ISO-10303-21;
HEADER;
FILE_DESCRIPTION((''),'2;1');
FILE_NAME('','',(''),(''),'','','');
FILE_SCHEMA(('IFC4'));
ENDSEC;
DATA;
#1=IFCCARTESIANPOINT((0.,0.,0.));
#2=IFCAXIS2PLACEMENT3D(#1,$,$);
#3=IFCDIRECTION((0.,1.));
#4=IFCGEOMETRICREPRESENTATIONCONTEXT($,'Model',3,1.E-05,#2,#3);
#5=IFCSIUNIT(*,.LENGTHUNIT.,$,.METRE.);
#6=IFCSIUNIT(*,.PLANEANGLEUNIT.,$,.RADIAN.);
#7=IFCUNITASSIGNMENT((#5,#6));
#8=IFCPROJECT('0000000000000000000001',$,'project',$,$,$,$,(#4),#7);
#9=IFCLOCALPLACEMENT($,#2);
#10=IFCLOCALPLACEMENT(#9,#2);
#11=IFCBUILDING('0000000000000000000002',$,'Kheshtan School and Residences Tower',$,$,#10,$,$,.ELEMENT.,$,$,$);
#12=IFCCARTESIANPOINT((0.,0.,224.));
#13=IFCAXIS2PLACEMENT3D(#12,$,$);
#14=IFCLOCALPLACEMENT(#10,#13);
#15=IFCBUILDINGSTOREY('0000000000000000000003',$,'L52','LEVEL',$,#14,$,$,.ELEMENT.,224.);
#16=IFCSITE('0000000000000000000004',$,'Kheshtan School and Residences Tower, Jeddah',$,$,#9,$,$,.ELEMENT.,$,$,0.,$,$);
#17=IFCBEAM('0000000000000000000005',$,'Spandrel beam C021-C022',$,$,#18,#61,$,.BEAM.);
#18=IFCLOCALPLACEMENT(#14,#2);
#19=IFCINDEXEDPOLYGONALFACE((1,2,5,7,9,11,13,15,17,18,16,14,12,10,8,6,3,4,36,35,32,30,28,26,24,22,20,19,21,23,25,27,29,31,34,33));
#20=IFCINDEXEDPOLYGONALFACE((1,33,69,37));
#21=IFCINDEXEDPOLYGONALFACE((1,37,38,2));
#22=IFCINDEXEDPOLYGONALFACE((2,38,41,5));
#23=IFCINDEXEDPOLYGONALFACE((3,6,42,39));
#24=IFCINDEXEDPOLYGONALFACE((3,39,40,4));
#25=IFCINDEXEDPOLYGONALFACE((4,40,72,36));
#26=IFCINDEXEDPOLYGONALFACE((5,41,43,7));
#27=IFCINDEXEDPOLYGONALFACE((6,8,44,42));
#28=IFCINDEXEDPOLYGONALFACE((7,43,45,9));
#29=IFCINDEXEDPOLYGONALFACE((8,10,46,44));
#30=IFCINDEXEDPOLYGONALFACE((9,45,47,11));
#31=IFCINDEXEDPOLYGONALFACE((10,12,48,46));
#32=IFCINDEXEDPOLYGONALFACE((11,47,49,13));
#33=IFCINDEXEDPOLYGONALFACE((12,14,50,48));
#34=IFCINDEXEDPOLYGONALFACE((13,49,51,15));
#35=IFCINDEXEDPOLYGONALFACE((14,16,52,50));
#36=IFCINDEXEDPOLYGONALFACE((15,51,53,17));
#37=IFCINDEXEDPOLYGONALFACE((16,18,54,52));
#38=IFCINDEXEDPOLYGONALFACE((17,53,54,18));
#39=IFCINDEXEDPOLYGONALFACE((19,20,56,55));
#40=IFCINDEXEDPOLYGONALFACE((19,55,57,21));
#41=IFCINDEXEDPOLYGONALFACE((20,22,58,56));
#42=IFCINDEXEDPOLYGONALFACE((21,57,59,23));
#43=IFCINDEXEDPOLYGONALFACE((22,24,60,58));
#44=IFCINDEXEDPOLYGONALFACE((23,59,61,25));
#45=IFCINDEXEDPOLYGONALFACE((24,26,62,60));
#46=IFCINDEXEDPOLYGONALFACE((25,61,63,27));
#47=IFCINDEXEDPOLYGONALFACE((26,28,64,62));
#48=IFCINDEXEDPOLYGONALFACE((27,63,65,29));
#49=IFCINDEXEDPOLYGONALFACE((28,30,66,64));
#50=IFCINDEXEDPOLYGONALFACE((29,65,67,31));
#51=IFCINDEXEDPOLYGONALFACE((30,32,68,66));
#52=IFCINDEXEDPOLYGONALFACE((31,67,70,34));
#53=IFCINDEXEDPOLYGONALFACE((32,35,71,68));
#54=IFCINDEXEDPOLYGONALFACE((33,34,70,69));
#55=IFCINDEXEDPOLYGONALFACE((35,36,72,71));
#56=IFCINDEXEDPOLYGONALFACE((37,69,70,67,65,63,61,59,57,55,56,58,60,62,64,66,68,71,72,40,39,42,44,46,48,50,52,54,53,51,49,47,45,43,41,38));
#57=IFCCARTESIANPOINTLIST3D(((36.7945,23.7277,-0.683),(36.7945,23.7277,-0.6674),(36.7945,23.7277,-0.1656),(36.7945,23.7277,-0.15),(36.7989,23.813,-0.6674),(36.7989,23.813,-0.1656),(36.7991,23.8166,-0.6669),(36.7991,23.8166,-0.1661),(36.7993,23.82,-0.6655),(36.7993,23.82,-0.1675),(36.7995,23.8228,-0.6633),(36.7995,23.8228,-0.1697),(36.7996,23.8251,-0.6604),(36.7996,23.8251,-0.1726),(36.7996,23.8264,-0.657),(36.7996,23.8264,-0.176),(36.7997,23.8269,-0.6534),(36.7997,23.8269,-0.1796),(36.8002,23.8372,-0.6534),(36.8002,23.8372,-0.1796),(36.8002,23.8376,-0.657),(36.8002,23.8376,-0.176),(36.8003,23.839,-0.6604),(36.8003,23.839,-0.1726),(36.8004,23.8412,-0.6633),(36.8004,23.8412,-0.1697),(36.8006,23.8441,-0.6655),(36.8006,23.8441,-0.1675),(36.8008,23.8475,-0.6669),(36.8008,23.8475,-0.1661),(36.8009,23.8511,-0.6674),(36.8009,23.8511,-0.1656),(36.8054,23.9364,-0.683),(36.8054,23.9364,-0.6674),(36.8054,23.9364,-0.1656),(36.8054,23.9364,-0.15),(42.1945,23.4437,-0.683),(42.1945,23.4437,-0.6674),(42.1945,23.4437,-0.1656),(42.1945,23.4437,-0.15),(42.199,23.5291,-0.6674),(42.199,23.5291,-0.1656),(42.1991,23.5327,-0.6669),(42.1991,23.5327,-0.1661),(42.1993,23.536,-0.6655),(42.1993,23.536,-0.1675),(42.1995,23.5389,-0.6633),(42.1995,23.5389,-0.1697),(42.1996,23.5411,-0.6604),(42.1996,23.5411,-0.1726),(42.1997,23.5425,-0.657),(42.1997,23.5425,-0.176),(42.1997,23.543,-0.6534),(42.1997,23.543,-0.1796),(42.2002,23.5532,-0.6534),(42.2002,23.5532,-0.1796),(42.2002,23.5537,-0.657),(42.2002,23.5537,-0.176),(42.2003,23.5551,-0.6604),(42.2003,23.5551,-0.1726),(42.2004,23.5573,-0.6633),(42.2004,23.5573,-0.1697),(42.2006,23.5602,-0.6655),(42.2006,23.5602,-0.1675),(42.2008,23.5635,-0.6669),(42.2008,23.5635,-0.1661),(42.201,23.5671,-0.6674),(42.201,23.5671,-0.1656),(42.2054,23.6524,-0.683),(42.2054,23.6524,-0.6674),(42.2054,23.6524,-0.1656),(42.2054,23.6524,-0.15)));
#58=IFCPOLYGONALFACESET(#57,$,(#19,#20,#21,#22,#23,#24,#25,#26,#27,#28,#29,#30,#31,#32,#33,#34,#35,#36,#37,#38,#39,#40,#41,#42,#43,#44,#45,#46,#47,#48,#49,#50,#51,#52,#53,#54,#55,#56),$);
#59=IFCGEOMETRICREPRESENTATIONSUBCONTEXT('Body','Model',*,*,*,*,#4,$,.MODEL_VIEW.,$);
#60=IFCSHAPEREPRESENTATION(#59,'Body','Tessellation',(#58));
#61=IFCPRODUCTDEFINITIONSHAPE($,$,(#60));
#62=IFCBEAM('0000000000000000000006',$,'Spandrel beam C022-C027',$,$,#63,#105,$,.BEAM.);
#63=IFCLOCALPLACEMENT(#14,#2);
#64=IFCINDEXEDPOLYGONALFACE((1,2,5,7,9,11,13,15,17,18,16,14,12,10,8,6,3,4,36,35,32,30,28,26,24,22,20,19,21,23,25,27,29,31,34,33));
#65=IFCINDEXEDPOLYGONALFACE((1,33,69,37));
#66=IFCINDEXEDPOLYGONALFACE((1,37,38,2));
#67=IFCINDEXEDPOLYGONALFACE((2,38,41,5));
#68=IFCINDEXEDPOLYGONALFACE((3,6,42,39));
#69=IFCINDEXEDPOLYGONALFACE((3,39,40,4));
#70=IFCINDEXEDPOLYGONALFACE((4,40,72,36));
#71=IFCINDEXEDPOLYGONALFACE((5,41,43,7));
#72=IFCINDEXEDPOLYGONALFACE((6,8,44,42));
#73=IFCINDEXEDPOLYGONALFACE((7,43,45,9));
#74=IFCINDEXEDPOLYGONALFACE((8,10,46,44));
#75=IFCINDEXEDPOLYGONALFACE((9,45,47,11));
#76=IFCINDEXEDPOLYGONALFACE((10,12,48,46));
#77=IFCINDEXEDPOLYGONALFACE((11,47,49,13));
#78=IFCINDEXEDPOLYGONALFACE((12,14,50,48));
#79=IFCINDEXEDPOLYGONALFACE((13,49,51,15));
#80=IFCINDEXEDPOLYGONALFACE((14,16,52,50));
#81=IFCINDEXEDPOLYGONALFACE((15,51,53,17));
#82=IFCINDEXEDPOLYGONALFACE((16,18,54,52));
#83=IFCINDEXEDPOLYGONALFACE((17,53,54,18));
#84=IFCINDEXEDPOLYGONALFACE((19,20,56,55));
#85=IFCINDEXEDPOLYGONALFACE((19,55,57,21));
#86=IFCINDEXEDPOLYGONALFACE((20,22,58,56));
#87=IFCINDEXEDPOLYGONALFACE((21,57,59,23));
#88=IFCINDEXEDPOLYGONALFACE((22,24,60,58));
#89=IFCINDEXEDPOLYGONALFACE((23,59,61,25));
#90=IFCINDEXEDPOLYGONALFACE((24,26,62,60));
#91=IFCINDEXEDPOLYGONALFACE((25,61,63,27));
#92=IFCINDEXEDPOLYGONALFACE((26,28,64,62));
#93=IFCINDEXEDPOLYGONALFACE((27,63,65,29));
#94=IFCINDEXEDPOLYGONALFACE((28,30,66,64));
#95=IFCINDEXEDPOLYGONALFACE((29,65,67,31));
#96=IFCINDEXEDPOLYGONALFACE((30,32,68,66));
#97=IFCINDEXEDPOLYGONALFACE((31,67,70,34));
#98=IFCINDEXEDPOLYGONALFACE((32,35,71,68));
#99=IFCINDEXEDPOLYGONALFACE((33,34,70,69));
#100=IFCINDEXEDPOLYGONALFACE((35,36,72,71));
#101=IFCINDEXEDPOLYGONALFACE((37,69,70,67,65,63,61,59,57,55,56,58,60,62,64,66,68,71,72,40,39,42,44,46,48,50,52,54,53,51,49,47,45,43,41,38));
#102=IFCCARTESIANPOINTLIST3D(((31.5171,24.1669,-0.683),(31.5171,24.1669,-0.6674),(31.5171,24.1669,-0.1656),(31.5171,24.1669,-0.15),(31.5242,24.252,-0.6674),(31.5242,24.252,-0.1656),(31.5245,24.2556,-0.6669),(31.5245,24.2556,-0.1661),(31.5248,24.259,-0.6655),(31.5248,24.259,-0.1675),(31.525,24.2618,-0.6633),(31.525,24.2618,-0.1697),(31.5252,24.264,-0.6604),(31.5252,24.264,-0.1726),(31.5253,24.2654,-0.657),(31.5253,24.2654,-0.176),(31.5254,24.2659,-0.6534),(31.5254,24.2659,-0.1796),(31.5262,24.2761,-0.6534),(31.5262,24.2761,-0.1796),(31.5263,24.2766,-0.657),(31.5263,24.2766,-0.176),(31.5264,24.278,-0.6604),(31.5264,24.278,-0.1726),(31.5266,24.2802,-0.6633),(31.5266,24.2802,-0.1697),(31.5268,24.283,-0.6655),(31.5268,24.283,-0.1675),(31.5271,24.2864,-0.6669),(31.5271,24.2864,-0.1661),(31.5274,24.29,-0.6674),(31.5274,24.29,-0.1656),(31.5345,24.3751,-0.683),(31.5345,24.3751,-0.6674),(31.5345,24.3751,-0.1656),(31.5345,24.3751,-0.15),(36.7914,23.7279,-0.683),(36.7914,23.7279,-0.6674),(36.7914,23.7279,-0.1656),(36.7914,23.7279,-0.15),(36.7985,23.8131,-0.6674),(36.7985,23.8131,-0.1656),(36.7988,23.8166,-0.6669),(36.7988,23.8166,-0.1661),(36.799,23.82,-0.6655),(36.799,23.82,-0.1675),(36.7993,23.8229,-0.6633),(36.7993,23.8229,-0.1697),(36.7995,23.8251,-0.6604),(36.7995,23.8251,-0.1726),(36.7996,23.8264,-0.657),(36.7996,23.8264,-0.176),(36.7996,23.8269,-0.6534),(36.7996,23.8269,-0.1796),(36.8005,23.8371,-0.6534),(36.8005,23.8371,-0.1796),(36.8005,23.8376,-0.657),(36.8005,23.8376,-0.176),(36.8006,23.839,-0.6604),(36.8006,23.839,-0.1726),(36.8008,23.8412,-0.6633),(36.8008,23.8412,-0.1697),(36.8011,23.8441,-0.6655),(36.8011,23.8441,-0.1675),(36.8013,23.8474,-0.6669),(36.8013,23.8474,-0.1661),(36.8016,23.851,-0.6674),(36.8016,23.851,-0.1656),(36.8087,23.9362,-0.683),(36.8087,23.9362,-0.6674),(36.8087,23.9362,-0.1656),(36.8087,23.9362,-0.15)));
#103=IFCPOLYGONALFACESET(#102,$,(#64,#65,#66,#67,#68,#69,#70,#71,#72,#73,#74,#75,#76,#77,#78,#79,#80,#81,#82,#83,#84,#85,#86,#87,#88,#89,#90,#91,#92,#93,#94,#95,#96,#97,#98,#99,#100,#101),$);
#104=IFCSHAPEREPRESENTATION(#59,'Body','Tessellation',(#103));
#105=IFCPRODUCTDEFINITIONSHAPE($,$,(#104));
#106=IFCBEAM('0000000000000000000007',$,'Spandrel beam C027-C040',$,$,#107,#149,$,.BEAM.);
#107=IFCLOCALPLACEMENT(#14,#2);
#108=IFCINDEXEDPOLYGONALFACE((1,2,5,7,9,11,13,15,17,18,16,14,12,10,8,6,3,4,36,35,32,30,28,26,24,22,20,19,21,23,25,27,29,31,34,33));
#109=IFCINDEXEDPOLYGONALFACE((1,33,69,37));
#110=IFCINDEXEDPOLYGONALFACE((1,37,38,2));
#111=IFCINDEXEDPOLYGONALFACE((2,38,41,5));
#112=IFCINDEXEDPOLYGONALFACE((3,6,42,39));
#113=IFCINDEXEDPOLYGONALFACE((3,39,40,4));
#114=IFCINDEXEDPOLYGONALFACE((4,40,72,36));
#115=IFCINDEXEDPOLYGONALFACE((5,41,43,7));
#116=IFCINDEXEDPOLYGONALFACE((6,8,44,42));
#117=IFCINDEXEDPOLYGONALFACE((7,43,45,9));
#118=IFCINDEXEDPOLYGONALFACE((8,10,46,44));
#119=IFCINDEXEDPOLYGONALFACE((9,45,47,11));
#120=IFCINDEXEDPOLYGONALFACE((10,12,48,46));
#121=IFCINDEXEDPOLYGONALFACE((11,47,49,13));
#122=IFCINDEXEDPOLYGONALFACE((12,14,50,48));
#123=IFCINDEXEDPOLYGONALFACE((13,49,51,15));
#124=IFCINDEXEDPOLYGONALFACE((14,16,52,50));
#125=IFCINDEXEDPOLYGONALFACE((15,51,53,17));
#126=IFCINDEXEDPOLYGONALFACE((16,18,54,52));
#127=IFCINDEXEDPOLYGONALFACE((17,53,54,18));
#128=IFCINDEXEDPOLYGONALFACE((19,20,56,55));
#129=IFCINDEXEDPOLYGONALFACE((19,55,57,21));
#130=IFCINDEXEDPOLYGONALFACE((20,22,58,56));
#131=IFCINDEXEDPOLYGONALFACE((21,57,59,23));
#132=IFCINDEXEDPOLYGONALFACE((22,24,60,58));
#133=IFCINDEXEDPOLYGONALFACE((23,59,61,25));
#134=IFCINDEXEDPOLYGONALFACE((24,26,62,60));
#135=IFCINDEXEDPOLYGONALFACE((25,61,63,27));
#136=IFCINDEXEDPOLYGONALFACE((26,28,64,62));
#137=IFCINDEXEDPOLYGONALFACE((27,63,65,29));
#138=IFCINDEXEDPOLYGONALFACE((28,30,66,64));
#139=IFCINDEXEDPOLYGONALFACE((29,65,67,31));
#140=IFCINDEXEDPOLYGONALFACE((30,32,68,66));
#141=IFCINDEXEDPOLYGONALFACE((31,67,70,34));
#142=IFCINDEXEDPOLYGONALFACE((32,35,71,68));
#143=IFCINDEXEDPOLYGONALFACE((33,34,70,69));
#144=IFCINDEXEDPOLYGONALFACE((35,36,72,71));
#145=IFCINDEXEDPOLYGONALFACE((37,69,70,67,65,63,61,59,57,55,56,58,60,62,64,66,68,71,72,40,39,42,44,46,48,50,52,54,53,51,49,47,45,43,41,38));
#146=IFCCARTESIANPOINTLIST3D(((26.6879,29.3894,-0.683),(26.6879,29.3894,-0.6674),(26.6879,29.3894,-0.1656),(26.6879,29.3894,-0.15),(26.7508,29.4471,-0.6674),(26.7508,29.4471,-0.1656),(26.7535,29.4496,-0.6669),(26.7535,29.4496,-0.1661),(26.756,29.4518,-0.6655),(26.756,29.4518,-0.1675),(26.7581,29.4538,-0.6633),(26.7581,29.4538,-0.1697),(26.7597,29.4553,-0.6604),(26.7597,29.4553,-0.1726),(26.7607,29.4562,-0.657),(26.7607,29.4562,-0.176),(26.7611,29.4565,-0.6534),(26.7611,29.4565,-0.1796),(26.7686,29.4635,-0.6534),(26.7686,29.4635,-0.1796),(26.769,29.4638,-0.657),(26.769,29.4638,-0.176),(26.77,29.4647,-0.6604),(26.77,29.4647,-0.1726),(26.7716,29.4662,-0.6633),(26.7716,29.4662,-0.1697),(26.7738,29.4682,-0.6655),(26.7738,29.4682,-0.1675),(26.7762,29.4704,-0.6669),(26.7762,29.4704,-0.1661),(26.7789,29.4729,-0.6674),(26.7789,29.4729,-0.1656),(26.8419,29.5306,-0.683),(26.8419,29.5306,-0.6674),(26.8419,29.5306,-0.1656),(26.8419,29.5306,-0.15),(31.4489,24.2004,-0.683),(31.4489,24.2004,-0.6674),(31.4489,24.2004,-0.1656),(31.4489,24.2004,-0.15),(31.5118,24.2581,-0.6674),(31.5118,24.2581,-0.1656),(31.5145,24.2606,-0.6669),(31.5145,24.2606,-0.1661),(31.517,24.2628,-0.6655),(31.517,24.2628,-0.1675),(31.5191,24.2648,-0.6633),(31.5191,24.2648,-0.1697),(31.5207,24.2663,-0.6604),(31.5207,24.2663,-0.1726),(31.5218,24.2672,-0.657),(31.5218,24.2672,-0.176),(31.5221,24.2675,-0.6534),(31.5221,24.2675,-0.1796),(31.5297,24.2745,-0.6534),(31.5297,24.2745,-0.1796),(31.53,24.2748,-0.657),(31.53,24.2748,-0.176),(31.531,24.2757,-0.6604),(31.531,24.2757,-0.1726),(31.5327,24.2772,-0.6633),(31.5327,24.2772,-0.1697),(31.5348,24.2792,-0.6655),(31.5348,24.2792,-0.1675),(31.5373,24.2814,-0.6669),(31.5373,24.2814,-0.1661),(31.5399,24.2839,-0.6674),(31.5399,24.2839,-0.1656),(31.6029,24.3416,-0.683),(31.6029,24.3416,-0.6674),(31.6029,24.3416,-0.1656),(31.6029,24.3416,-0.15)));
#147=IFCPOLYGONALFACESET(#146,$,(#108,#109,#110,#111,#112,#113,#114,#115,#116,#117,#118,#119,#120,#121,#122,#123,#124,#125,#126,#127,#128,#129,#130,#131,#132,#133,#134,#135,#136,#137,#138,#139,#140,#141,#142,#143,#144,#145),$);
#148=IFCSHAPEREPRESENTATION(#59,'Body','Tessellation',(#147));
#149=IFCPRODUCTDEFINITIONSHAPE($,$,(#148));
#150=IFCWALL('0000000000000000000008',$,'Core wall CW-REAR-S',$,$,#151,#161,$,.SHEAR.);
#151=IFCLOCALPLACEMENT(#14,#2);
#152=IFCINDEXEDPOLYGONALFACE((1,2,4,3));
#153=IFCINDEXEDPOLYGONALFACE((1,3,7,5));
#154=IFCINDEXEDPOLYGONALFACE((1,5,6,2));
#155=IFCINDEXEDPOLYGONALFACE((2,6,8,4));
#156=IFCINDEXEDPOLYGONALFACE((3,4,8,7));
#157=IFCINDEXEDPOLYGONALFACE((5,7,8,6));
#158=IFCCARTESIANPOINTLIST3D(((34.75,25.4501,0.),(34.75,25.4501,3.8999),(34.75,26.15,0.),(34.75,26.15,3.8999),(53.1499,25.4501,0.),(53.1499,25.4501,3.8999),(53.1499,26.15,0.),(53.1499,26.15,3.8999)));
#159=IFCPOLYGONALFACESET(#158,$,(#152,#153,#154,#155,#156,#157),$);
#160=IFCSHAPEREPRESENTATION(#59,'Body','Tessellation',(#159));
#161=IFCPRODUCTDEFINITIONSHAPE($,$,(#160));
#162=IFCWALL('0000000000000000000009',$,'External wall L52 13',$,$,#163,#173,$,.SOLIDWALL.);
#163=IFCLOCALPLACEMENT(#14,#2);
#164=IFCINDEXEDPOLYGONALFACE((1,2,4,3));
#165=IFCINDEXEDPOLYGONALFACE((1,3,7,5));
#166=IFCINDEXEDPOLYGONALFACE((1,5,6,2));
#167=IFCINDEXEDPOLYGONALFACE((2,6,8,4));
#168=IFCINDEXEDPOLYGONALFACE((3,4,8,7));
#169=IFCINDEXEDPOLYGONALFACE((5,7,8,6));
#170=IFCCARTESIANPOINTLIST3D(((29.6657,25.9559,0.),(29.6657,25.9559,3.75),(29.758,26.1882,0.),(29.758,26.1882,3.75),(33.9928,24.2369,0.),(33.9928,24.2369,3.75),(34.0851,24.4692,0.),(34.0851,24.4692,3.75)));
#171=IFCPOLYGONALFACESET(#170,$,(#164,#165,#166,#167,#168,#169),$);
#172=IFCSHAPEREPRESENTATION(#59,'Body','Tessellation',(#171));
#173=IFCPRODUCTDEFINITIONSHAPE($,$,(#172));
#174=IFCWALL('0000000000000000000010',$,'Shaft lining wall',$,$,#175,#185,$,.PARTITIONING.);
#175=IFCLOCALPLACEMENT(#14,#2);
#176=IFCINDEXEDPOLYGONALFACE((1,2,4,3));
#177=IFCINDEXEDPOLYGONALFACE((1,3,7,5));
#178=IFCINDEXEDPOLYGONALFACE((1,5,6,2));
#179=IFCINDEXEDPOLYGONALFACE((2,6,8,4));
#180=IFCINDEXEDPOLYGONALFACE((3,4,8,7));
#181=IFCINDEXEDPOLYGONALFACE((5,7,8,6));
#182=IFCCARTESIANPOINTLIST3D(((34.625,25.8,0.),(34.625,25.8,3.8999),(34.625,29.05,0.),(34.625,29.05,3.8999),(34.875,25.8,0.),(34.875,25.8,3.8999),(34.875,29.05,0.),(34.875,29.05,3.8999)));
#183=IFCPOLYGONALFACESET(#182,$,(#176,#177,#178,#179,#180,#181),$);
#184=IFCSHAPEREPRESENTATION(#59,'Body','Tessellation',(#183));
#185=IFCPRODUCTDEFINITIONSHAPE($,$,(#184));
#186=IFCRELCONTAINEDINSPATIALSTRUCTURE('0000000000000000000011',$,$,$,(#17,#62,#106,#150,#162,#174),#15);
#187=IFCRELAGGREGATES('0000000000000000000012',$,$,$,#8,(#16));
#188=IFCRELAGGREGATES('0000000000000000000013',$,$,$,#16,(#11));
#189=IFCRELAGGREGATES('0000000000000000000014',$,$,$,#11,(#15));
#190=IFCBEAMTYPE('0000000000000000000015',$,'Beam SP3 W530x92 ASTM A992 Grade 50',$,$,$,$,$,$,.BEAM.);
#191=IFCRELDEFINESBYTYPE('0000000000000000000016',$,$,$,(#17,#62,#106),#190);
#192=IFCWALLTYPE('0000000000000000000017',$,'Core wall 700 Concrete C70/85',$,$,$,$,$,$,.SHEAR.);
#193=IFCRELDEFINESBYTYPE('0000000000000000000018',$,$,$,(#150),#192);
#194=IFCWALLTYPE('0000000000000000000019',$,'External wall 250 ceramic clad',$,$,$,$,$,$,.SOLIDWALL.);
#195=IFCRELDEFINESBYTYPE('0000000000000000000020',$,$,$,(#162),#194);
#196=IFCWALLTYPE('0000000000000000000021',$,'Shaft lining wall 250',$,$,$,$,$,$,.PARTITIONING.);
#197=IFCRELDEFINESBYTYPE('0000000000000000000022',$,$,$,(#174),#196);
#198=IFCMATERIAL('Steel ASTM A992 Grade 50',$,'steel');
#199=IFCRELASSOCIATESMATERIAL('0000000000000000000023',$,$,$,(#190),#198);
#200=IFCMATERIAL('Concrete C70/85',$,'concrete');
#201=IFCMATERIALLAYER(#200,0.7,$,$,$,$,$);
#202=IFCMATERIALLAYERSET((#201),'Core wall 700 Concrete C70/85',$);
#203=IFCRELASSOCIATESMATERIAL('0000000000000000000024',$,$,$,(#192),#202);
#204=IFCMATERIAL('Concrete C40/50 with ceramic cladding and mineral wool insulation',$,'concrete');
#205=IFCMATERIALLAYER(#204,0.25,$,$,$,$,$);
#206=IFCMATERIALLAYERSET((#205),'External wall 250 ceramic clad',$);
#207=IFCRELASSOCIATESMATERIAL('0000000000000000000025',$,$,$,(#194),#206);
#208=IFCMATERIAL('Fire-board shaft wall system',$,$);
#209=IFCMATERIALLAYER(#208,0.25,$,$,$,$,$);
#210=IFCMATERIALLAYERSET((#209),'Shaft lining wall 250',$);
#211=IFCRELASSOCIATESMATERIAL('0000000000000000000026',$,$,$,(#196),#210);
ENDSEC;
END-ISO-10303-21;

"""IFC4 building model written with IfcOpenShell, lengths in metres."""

from ifc_helpers import new_model, si_unit, direction, frame, frame_2d, origin, origin_2d, place, context, subcontext, project, spatial, rectangle, i_section, extrude, material, layer, layer_set, material_profile, profile_set, type_object, element, save


model = new_model("IFC4")

# Units and contexts
model_context = context("Model", 3, precision=1e-05, world=origin(), true_north=direction((0.0, 1.0)))
body_context = subcontext(model_context, "Body", "Model", "MODEL_VIEW")
ifc_project = project(units=[si_unit("LENGTHUNIT", "METRE"), si_unit("PLANEANGLEUNIT", "RADIAN")], contexts=[model_context])

# Site, building, storey
site_placement = place(None, origin())
site = spatial("IfcSite", under=ifc_project, at=site_placement, Name="Kheshtan School and Residences Tower, Jeddah", CompositionType="ELEMENT", RefElevation=0.0)
building_placement = place(site_placement, origin())
building = spatial("IfcBuilding", under=site, at=building_placement, Name="Kheshtan School and Residences Tower", CompositionType="ELEMENT")
storey_placement = place(building_placement, frame((0.0, 0.0, 224.0)))
storey = spatial("IfcBuildingStorey", under=building, at=storey_placement, Name="L52", Description="LEVEL", CompositionType="ELEMENT", Elevation=224.0)

# Shared definitions
ifc_material_1 = material(Name="Steel ASTM A992 Grade 50", Category="steel")

# Beams
ifc_material_profile_1 = material_profile(ifc_material_1, i_section(OverallWidth=0.209, OverallDepth=0.533, WebThickness=0.0103, FlangeThickness=0.0156, FilletRadius=0.0139, at=origin_2d()), Name="W530x92")
ifc_profile_set_1 = profile_set([ifc_material_profile_1], Name="Steel ASTM A992 Grade 50")
beam_type_1 = type_object("IfcBeamType", Name="Beam SP3 W530x92 ASTM A992 Grade 50", PredefinedType="BEAM", material=ifc_profile_set_1)
beam_1_placement = place(storey_placement, frame((42.2, 23.5481, -0.4165), z_axis=(-0.99862, 0.052509, 0.0), x_axis=(-0.052509, -0.99862, 0.0)))
element("IfcBeam", 1, at=beam_1_placement, inside=storey, type_object=beam_type_1, Name="Spandrel beam C021-C022", PredefinedType="BEAM", context=body_context, shape_type="SweptSolid", body=[
    extrude(i_section(OverallWidth=0.209, OverallDepth=0.533, WebThickness=0.0103, FlangeThickness=0.0156, FilletRadius=0.0139, at=origin_2d()), origin(), (0.0, 0.0, 1.0), 5.4075),
])
beam_2_placement = place(storey_placement, frame((36.8, 23.832, -0.4165), z_axis=(-0.996554, 0.082942, 0.0), x_axis=(-0.082942, -0.996554, 0.0)))
element("IfcBeam", 2, at=beam_2_placement, inside=storey, type_object=beam_type_1, Name="Spandrel beam C022-C027", PredefinedType="BEAM", context=body_context, shape_type="SweptSolid", body=[
    extrude(i_section(OverallWidth=0.209, OverallDepth=0.533, WebThickness=0.0103, FlangeThickness=0.0156, FilletRadius=0.0139, at=origin_2d()), origin(), (0.0, 0.0, 1.0), 5.2925),
])
beam_3_placement = place(storey_placement, frame((31.5259, 24.271, -0.4165), z_axis=(-0.676067, 0.73684, 0.0), x_axis=(-0.73684, -0.676067, 0.0)))
element("IfcBeam", 3, at=beam_3_placement, inside=storey, type_object=beam_type_1, Name="Spandrel beam C027-C040", PredefinedType="BEAM", context=body_context, shape_type="SweptSolid", body=[
    extrude(i_section(OverallWidth=0.209, OverallDepth=0.533, WebThickness=0.0103, FlangeThickness=0.0156, FilletRadius=0.0139, at=origin_2d()), origin(), (0.0, 0.0, 1.0), 7.0422),
])

# Walls
ifc_material_2 = material(Name="Concrete C70/85", Category="concrete")
ifc_layer_1 = layer(ifc_material_2, 0.7)
ifc_layer_set_1 = layer_set([ifc_layer_1], Name="Core wall 700 Concrete C70/85")
wall_type_1 = type_object("IfcWallType", Name="Core wall 700 Concrete C70/85", PredefinedType="SHEAR", material=ifc_layer_set_1)
wall_1_placement = place(storey_placement, frame((34.75, 25.8, 0.0), z_axis=(0.0, 0.0, 1.0), x_axis=(1.0, 0.0, 0.0)))
element("IfcWall", 4, at=wall_1_placement, inside=storey, type_object=wall_type_1, Name="Core wall CW-REAR-S", PredefinedType="SHEAR", context=body_context, shape_type="SweptSolid", body=[
    extrude(rectangle(XDim=18.3999, YDim=0.7, at=frame_2d((9.2, 0.0))), origin(), (0.0, 0.0, 1.0), 3.8999),
])
ifc_material_3 = material(Name="Concrete C40/50 with ceramic cladding and mineral wool insulation", Category="concrete")
ifc_layer_2 = layer(ifc_material_3, 0.25)
ifc_layer_set_2 = layer_set([ifc_layer_2], Name="External wall 250 ceramic clad")
wall_type_2 = type_object("IfcWallType", Name="External wall 250 ceramic clad", PredefinedType="SOLIDWALL", material=ifc_layer_set_2)
wall_2_placement = place(storey_placement, frame((34.0391, 24.353, 0.0), z_axis=(0.0, 0.0, 1.0), x_axis=(-0.929353, 0.369193, 0.0)))
element("IfcWall", 5, at=wall_2_placement, inside=storey, type_object=wall_type_2, Name="External wall L52 13", PredefinedType="SOLIDWALL", context=body_context, shape_type="SweptSolid", body=[
    extrude(rectangle(XDim=4.656, YDim=0.25, at=frame_2d((2.3281, 0.0))), origin(), (0.0, 0.0, 1.0), 3.75),
])
ifc_material_4 = material(Name="Fire-board shaft wall system")
ifc_layer_3 = layer(ifc_material_4, 0.25)
ifc_layer_set_3 = layer_set([ifc_layer_3], Name="Shaft lining wall 250")
wall_type_3 = type_object("IfcWallType", Name="Shaft lining wall 250", PredefinedType="PARTITIONING", material=ifc_layer_set_3)
wall_3_placement = place(storey_placement, frame((34.75, 25.8, 0.0), z_axis=(0.0, 0.0, 1.0), x_axis=(0.0, 1.0, 0.0)))
element("IfcWall", 6, at=wall_3_placement, inside=storey, type_object=wall_type_3, Name="Shaft lining wall", PredefinedType="PARTITIONING", context=body_context, shape_type="SweptSolid", body=[
    extrude(rectangle(XDim=3.25, YDim=0.25, at=frame_2d((1.625, 0.0))), origin(), (0.0, 0.0, 1.0), 3.8999),
])

save(model, "model.ifc")
